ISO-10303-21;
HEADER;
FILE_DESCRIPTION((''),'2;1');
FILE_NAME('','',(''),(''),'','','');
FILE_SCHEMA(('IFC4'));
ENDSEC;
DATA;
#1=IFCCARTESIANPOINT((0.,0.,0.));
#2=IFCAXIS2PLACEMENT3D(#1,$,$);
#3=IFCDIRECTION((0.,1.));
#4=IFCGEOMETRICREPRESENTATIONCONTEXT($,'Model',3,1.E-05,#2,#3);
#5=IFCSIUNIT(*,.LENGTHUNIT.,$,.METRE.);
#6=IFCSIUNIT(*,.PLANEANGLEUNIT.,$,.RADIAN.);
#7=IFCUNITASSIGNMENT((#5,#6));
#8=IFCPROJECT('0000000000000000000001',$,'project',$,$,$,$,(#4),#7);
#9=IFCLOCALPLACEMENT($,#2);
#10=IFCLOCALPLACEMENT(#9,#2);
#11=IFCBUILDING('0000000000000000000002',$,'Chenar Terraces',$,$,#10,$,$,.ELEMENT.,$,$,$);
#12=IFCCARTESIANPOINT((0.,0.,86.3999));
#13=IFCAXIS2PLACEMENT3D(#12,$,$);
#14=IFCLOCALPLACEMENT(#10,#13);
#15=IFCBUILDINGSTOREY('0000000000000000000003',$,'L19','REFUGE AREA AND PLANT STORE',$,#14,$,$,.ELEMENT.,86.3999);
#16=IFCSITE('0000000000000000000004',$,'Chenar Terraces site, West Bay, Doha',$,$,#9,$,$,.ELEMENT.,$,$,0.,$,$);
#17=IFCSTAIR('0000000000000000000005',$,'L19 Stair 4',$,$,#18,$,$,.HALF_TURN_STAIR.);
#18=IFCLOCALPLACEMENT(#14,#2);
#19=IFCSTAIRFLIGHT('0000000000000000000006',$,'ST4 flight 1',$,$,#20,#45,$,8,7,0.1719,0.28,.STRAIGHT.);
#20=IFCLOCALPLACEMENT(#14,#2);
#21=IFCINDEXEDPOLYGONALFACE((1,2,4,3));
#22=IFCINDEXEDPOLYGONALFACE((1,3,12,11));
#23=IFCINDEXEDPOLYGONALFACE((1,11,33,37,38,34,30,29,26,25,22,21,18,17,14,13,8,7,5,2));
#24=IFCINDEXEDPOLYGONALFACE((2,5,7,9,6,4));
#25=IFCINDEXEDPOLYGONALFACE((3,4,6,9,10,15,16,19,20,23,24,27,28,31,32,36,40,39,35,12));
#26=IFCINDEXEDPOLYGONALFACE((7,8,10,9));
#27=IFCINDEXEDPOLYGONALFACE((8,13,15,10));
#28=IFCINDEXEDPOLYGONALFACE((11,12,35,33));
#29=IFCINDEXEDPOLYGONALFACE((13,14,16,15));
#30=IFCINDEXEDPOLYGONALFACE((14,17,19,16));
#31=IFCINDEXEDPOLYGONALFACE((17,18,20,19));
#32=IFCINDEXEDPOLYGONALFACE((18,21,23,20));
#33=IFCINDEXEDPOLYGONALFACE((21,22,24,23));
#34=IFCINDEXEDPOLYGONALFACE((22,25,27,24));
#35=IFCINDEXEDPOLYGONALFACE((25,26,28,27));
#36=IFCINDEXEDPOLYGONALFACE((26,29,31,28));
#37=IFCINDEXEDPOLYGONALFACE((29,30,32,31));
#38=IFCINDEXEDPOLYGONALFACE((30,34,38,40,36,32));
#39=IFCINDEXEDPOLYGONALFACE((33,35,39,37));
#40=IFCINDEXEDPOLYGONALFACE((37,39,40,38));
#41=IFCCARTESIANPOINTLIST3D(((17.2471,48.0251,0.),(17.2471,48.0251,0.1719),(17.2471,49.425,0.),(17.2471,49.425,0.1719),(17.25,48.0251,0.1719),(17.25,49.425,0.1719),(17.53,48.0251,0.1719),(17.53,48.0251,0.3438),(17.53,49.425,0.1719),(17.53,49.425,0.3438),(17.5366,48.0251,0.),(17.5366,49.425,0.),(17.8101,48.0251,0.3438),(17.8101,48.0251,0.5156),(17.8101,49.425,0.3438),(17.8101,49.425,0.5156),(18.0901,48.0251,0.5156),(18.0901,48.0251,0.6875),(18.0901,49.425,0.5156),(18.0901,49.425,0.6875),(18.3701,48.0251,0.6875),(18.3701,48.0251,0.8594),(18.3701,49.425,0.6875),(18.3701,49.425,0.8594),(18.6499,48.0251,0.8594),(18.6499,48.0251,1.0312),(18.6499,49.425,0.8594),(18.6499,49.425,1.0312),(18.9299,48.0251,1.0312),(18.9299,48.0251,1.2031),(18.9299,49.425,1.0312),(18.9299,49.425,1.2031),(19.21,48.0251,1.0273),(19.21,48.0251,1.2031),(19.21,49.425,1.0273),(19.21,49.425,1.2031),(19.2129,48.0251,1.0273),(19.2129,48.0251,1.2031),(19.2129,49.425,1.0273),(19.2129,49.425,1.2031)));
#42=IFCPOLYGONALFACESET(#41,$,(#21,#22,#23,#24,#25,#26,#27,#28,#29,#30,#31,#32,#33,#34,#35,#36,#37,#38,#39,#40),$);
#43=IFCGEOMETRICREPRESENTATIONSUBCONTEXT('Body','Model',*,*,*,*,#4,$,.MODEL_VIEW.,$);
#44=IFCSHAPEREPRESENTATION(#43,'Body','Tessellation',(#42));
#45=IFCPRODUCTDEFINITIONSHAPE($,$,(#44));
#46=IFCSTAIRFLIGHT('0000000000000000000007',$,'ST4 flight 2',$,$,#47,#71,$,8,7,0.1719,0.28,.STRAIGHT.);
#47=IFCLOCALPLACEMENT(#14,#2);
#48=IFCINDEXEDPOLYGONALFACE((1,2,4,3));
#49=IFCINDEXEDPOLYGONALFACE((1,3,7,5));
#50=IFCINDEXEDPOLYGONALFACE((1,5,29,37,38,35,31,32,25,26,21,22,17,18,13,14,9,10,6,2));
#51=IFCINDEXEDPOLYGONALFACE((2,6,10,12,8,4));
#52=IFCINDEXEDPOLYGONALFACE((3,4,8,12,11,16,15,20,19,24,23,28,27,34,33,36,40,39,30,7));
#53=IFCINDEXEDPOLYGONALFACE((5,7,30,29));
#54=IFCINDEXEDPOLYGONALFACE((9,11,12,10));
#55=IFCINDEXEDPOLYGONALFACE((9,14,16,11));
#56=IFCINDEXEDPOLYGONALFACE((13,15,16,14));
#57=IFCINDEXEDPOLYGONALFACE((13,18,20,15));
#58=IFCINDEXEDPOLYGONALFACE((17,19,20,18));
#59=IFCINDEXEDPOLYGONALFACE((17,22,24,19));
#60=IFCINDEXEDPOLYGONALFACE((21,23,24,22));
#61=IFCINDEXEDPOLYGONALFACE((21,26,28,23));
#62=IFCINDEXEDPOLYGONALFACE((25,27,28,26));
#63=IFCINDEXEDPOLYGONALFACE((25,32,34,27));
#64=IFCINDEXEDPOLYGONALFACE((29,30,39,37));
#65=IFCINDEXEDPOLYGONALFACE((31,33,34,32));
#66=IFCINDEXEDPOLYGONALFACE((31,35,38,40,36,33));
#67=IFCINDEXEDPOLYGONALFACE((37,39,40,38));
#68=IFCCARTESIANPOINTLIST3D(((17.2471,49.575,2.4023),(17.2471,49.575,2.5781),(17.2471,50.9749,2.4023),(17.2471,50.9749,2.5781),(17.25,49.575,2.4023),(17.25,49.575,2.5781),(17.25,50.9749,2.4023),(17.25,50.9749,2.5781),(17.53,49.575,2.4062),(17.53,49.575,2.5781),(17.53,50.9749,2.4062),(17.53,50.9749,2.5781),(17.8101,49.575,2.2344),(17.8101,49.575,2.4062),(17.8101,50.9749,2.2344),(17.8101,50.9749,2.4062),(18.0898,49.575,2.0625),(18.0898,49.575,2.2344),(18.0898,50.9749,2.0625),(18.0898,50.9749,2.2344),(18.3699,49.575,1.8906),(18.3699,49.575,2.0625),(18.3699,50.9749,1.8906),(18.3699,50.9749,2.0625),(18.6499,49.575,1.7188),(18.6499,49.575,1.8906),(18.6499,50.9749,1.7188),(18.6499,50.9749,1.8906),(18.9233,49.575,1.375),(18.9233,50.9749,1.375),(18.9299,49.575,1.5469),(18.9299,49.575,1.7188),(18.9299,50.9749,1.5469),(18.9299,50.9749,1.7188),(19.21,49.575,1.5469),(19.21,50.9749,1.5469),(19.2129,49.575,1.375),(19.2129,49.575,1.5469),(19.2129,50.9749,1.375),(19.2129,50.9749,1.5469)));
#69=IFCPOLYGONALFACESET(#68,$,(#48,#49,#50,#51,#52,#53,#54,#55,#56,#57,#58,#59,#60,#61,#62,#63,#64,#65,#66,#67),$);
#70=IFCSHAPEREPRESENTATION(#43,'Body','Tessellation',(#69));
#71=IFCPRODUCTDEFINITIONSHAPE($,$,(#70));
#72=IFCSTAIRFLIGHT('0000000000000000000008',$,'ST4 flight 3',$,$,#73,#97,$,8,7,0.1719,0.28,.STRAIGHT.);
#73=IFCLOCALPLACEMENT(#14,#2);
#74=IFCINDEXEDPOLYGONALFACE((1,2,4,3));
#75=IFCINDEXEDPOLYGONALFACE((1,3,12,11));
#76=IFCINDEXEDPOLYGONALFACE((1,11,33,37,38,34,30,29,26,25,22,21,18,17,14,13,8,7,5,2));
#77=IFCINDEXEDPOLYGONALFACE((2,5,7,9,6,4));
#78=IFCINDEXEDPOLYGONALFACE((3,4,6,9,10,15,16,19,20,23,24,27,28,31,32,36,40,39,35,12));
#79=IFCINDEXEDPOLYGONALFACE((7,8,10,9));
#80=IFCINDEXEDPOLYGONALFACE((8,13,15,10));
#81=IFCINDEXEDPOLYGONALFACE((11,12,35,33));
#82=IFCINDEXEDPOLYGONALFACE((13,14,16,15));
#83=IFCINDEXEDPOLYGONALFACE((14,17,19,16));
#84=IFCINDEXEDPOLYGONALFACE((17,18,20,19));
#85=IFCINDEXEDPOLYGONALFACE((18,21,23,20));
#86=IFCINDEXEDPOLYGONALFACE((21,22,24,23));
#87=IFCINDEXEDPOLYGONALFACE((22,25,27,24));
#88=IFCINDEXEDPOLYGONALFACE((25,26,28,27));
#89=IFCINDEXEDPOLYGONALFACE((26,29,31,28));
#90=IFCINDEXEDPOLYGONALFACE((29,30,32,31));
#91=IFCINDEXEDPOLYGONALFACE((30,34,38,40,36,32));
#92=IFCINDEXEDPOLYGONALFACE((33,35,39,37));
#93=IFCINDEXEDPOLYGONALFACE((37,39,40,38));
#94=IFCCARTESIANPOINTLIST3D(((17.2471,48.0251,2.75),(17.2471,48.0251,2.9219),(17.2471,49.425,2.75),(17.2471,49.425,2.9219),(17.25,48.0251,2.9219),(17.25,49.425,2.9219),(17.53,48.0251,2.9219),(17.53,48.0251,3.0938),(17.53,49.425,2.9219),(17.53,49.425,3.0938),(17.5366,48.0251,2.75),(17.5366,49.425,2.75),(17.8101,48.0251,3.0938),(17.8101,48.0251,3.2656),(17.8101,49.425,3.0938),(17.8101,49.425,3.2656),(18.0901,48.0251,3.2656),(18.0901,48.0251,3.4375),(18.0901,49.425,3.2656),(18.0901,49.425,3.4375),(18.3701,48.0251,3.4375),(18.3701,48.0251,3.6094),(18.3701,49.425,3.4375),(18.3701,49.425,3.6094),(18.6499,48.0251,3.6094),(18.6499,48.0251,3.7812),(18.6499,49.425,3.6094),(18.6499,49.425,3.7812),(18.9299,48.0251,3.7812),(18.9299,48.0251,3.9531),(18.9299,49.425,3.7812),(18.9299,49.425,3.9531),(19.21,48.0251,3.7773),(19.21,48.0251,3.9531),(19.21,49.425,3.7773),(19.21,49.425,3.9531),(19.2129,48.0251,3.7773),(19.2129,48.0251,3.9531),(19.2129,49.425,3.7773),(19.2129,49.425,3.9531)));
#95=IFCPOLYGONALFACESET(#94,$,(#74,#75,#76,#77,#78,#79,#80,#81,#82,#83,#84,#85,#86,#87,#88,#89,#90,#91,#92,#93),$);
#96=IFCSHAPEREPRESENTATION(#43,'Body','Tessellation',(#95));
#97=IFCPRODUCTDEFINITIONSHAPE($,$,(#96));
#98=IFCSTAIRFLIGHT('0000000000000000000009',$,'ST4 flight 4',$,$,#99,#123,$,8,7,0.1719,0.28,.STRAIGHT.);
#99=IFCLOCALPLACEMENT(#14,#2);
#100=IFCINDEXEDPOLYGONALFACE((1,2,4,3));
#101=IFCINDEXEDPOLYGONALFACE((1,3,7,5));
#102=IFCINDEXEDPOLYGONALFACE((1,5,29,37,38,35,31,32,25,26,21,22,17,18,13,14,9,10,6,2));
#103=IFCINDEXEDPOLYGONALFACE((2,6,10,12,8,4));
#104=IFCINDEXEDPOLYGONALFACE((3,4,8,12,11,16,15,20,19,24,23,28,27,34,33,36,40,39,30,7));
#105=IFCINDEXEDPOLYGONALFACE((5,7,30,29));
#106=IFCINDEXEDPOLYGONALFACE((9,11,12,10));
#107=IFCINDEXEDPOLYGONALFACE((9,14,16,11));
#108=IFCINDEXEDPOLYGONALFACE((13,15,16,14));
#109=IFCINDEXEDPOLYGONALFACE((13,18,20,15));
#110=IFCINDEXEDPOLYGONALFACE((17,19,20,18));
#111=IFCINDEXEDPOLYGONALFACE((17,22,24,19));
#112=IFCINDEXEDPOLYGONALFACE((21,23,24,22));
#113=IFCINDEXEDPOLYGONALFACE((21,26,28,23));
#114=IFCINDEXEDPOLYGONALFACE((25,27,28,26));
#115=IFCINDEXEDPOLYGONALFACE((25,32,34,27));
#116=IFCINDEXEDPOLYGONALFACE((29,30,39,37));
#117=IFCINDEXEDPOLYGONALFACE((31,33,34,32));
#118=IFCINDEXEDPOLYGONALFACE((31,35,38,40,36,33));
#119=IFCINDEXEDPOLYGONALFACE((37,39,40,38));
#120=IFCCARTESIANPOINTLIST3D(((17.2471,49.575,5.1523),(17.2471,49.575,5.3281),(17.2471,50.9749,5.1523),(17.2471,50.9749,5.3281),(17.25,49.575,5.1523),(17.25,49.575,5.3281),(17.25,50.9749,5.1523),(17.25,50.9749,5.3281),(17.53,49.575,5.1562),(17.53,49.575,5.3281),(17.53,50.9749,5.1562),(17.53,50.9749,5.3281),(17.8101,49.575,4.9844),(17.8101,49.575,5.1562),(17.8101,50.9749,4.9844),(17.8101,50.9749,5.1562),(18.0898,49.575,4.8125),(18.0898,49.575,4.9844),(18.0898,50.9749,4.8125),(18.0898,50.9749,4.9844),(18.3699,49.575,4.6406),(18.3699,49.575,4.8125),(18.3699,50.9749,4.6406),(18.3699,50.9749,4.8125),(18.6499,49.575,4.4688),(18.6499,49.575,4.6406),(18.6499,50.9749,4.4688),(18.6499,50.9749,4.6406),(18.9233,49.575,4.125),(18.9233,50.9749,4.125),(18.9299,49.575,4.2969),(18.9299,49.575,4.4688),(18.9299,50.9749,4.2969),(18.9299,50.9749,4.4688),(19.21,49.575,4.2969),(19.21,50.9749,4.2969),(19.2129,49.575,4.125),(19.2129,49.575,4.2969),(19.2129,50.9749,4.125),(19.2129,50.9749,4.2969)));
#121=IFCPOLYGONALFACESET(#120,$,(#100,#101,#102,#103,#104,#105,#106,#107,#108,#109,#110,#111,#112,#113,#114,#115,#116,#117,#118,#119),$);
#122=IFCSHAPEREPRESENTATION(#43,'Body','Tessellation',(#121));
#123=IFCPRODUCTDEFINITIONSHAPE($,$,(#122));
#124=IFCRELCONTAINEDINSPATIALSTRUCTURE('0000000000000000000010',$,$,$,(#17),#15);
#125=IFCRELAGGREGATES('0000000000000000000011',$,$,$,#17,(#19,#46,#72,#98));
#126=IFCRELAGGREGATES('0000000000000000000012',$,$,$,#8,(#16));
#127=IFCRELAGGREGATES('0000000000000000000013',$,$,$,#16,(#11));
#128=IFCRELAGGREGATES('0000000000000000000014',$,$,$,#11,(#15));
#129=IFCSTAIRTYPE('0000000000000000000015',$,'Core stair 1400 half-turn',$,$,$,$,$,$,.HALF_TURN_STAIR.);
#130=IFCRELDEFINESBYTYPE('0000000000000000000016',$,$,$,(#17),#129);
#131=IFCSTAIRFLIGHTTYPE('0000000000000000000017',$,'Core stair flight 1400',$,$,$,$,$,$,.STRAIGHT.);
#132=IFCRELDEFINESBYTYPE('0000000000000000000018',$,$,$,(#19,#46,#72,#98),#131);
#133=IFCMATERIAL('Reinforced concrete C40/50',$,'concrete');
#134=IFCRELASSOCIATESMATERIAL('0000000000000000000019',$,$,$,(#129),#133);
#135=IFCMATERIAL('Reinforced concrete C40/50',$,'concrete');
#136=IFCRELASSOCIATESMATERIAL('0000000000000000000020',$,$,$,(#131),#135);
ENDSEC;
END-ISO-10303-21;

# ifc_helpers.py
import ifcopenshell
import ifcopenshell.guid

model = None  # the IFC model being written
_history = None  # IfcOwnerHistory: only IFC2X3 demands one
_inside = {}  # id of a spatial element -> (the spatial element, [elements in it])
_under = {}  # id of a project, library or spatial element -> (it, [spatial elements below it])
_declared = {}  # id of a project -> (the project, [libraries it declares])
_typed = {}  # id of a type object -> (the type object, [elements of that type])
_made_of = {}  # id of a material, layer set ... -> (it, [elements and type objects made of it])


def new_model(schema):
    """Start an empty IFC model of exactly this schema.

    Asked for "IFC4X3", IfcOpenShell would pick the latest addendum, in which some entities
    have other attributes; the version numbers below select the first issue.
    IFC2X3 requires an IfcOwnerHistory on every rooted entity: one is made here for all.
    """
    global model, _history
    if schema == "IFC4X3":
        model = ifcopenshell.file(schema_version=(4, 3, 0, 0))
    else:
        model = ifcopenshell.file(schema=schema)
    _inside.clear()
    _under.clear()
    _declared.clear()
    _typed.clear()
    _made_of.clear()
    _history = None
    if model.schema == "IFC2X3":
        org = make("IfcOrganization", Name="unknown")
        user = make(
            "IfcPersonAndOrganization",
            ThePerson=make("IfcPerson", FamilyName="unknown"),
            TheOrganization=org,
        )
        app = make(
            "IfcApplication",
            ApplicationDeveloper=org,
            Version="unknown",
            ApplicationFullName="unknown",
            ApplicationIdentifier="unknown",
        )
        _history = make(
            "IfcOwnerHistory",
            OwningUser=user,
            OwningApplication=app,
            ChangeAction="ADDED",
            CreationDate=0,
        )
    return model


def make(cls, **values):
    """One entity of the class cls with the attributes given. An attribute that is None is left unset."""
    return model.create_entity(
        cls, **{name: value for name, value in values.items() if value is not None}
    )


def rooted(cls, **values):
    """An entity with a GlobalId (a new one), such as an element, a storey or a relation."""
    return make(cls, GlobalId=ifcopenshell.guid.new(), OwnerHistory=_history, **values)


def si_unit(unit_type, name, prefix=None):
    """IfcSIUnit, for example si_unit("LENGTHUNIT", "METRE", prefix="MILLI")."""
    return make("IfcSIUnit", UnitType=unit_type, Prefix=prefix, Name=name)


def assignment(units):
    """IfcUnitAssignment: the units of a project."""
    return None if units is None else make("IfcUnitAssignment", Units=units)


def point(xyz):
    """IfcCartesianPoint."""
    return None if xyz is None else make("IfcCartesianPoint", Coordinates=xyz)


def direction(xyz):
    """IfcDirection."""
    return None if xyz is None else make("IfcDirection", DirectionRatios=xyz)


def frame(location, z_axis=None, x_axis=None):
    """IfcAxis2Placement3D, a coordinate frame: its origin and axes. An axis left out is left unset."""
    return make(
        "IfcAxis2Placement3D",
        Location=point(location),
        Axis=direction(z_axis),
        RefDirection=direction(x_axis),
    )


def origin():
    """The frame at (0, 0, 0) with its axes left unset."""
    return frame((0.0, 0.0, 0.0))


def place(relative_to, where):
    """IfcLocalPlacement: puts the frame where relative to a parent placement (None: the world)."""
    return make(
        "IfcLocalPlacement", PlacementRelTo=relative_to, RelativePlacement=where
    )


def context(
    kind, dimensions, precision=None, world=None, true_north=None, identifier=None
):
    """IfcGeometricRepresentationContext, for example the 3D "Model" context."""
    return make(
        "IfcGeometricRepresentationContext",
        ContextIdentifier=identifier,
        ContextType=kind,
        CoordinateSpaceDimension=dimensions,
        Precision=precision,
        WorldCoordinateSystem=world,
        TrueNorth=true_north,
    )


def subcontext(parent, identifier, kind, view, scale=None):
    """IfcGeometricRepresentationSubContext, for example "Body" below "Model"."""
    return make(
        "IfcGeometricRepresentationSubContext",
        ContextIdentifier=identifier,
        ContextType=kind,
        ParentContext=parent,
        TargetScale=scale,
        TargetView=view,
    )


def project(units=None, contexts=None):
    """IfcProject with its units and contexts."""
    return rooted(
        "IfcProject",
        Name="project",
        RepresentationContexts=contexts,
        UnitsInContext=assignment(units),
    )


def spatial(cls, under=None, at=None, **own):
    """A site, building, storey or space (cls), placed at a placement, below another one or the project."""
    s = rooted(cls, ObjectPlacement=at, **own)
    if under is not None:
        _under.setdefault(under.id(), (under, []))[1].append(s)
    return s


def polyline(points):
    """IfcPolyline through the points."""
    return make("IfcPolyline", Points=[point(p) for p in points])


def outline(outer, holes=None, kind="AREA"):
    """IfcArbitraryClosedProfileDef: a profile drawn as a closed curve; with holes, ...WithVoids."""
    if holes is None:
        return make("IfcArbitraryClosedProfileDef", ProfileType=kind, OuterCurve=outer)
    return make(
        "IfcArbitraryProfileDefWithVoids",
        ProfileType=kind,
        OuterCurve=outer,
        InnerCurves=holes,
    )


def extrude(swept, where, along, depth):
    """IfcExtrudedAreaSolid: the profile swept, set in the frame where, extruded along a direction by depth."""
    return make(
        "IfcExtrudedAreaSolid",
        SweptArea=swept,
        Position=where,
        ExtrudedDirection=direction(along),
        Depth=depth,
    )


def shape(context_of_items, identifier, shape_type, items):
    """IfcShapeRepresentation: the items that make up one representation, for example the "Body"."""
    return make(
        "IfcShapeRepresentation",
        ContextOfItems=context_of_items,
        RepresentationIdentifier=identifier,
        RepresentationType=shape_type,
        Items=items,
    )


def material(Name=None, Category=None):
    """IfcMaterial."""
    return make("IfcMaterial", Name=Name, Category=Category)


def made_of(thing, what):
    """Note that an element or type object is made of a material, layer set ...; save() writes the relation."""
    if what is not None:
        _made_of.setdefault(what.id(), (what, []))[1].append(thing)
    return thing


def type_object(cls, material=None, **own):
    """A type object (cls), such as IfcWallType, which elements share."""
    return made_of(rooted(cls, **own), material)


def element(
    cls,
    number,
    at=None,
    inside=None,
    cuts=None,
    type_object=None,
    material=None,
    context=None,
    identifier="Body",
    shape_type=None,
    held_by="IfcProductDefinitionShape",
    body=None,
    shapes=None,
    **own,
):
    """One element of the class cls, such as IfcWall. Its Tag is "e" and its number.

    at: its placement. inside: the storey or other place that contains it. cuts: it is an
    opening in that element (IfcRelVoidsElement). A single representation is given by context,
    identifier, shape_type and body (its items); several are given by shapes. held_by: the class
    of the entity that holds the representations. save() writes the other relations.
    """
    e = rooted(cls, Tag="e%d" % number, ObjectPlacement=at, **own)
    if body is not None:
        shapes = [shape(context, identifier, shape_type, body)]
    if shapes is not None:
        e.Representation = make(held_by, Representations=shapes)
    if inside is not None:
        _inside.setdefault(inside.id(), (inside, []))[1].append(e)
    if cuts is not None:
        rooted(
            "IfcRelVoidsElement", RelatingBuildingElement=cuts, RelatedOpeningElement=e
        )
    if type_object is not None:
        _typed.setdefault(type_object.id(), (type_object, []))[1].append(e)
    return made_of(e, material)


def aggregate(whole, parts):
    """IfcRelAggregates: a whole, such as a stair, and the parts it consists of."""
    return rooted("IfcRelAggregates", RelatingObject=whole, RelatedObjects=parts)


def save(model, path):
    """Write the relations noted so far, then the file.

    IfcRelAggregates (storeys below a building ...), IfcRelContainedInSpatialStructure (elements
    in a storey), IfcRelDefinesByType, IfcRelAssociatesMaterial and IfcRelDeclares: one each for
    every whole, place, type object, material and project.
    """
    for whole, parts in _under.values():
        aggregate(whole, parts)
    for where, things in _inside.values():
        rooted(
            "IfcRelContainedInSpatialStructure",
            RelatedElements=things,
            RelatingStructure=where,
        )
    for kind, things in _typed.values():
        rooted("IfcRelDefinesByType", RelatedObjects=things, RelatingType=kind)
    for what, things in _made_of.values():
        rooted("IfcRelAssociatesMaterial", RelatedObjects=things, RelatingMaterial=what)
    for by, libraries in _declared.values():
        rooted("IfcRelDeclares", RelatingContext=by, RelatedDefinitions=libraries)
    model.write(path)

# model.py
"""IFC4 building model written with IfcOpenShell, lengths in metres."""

from ifc_helpers import new_model, si_unit, direction, frame, origin, place, context, subcontext, project, spatial, polyline, outline, extrude, material, type_object, element, aggregate, save


model = new_model("IFC4")

# Units and contexts
model_context = context("Model", 3, precision=1e-05, world=origin(), true_north=direction((0.0, 1.0)))
body_context = subcontext(model_context, "Body", "Model", "MODEL_VIEW")
ifc_project = project(units=[si_unit("LENGTHUNIT", "METRE"), si_unit("PLANEANGLEUNIT", "RADIAN")], contexts=[model_context])

# Site, building, storey
site_placement = place(None, origin())
site = spatial("IfcSite", under=ifc_project, at=site_placement, Name="Chenar Terraces site, West Bay, Doha", CompositionType="ELEMENT", RefElevation=0.0)
building_placement = place(site_placement, origin())
building = spatial("IfcBuilding", under=site, at=building_placement, Name="Chenar Terraces", CompositionType="ELEMENT")
storey_placement = place(building_placement, frame((0.0, 0.0, 86.3999)))
storey = spatial("IfcBuildingStorey", under=building, at=storey_placement, Name="L19", Description="REFUGE AREA AND PLANT STORE", CompositionType="ELEMENT", Elevation=86.3999)

# Stair, stair flights
ifc_material_1 = material(Name="Reinforced concrete C40/50", Category="concrete")
stair_type = type_object("IfcStairType", Name="Core stair 1400 half-turn", PredefinedType="HALF_TURN_STAIR", material=ifc_material_1)
stair_placement = place(storey_placement, origin())
stair = element("IfcStair", 1, at=stair_placement, inside=storey, type_object=stair_type, Name="L19 Stair 4", PredefinedType="HALF_TURN_STAIR")
ifc_material_2 = material(Name="Reinforced concrete C40/50", Category="concrete")
stair_flight_type = type_object("IfcStairFlightType", Name="Core stair flight 1400", PredefinedType="STRAIGHT", material=ifc_material_2)
stair_flight_1_placement = place(storey_placement, frame((17.25, 48.7251, 0.0), z_axis=(0.0, 0.0, 1.0), x_axis=(1.0, 0.0, 0.0)))
stair_flight_1 = element("IfcStairFlight", 2, at=stair_flight_1_placement, type_object=stair_flight_type, Name="ST4 flight 1", NumberOfRisers=8, NumberOfTreads=7, PredefinedType="STRAIGHT", RiserHeight=0.1719, TreadLength=0.28, context=body_context, shape_type="SweptSolid", body=[
    extrude(outline(polyline([(-0.0029, 0.0), (-0.0029, 0.1719), (0.0, 0.1719), (0.28, 0.1719), (0.28, 0.3438), (0.5601, 0.3438), (0.5601, 0.5156), (0.8401, 0.5156), (0.8401, 0.6875), (1.1201, 0.6875), (1.1201, 0.8594), (1.3999, 0.8594), (1.3999, 1.0312), (1.6799, 1.0312), (1.6799, 1.2031), (1.96, 1.2031), (1.9629, 1.2031), (1.9629, 1.0273), (1.96, 1.0273), (0.2866, 0.0), (-0.0029, 0.0)])), frame((0.0, 0.7, 0.0), z_axis=(0.0, -1.0, 0.0), x_axis=(1.0, 0.0, 0.0)), (0.0, 0.0, 1.0), 1.3999),
])
stair_flight_2_placement = place(storey_placement, frame((19.21, 50.2749, 1.375), z_axis=(0.0, 0.0, 1.0), x_axis=(-1.0, 0.0, 0.0)))
stair_flight_2 = element("IfcStairFlight", 3, at=stair_flight_2_placement, type_object=stair_flight_type, Name="ST4 flight 2", NumberOfRisers=8, NumberOfTreads=7, PredefinedType="STRAIGHT", RiserHeight=0.1719, TreadLength=0.28, context=body_context, shape_type="SweptSolid", body=[
    extrude(outline(polyline([(-0.0029, 0.0), (-0.0029, 0.1719), (0.0, 0.1719), (0.28, 0.1719), (0.28, 0.3438), (0.5601, 0.3438), (0.5601, 0.5156), (0.8401, 0.5156), (0.8401, 0.6875), (1.1201, 0.6875), (1.1201, 0.8594), (1.3999, 0.8594), (1.3999, 1.0312), (1.6799, 1.0312), (1.6799, 1.2031), (1.96, 1.2031), (1.9629, 1.2031), (1.9629, 1.0273), (1.96, 1.0273), (0.2866, 0.0), (-0.0029, 0.0)])), frame((0.0, 0.7, 0.0), z_axis=(0.0, -1.0, 0.0), x_axis=(1.0, 0.0, 0.0)), (0.0, 0.0, 1.0), 1.3999),
])
stair_flight_3_placement = place(storey_placement, frame((17.25, 48.7251, 2.75), z_axis=(0.0, 0.0, 1.0), x_axis=(1.0, 0.0, 0.0)))
stair_flight_3 = element("IfcStairFlight", 4, at=stair_flight_3_placement, type_object=stair_flight_type, Name="ST4 flight 3", NumberOfRisers=8, NumberOfTreads=7, PredefinedType="STRAIGHT", RiserHeight=0.1719, TreadLength=0.28, context=body_context, shape_type="SweptSolid", body=[
    extrude(outline(polyline([(-0.0029, 0.0), (-0.0029, 0.1719), (0.0, 0.1719), (0.28, 0.1719), (0.28, 0.3438), (0.5601, 0.3438), (0.5601, 0.5156), (0.8401, 0.5156), (0.8401, 0.6875), (1.1201, 0.6875), (1.1201, 0.8594), (1.3999, 0.8594), (1.3999, 1.0312), (1.6799, 1.0312), (1.6799, 1.2031), (1.96, 1.2031), (1.9629, 1.2031), (1.9629, 1.0273), (1.96, 1.0273), (0.2866, 0.0), (-0.0029, 0.0)])), frame((0.0, 0.7, 0.0), z_axis=(0.0, -1.0, 0.0), x_axis=(1.0, 0.0, 0.0)), (0.0, 0.0, 1.0), 1.3999),
])
stair_flight_4_placement = place(storey_placement, frame((19.21, 50.2749, 4.125), z_axis=(0.0, 0.0, 1.0), x_axis=(-1.0, 0.0, 0.0)))
stair_flight_4 = element("IfcStairFlight", 5, at=stair_flight_4_placement, type_object=stair_flight_type, Name="ST4 flight 4", NumberOfRisers=8, NumberOfTreads=7, PredefinedType="STRAIGHT", RiserHeight=0.1719, TreadLength=0.28, context=body_context, shape_type="SweptSolid", body=[
    extrude(outline(polyline([(-0.0029, 0.0), (-0.0029, 0.1719), (0.0, 0.1719), (0.28, 0.1719), (0.28, 0.3438), (0.5601, 0.3438), (0.5601, 0.5156), (0.8401, 0.5156), (0.8401, 0.6875), (1.1201, 0.6875), (1.1201, 0.8594), (1.3999, 0.8594), (1.3999, 1.0312), (1.6799, 1.0312), (1.6799, 1.2031), (1.96, 1.2031), (1.9629, 1.2031), (1.9629, 1.0273), (1.96, 1.0273), (0.2866, 0.0), (-0.0029, 0.0)])), frame((0.0, 0.7, 0.0), z_axis=(0.0, -1.0, 0.0), x_axis=(1.0, 0.0, 0.0)), (0.0, 0.0, 1.0), 1.3999),
])
aggregate(stair, [stair_flight_1, stair_flight_2, stair_flight_3, stair_flight_4])

save(model, "model.ifc")
